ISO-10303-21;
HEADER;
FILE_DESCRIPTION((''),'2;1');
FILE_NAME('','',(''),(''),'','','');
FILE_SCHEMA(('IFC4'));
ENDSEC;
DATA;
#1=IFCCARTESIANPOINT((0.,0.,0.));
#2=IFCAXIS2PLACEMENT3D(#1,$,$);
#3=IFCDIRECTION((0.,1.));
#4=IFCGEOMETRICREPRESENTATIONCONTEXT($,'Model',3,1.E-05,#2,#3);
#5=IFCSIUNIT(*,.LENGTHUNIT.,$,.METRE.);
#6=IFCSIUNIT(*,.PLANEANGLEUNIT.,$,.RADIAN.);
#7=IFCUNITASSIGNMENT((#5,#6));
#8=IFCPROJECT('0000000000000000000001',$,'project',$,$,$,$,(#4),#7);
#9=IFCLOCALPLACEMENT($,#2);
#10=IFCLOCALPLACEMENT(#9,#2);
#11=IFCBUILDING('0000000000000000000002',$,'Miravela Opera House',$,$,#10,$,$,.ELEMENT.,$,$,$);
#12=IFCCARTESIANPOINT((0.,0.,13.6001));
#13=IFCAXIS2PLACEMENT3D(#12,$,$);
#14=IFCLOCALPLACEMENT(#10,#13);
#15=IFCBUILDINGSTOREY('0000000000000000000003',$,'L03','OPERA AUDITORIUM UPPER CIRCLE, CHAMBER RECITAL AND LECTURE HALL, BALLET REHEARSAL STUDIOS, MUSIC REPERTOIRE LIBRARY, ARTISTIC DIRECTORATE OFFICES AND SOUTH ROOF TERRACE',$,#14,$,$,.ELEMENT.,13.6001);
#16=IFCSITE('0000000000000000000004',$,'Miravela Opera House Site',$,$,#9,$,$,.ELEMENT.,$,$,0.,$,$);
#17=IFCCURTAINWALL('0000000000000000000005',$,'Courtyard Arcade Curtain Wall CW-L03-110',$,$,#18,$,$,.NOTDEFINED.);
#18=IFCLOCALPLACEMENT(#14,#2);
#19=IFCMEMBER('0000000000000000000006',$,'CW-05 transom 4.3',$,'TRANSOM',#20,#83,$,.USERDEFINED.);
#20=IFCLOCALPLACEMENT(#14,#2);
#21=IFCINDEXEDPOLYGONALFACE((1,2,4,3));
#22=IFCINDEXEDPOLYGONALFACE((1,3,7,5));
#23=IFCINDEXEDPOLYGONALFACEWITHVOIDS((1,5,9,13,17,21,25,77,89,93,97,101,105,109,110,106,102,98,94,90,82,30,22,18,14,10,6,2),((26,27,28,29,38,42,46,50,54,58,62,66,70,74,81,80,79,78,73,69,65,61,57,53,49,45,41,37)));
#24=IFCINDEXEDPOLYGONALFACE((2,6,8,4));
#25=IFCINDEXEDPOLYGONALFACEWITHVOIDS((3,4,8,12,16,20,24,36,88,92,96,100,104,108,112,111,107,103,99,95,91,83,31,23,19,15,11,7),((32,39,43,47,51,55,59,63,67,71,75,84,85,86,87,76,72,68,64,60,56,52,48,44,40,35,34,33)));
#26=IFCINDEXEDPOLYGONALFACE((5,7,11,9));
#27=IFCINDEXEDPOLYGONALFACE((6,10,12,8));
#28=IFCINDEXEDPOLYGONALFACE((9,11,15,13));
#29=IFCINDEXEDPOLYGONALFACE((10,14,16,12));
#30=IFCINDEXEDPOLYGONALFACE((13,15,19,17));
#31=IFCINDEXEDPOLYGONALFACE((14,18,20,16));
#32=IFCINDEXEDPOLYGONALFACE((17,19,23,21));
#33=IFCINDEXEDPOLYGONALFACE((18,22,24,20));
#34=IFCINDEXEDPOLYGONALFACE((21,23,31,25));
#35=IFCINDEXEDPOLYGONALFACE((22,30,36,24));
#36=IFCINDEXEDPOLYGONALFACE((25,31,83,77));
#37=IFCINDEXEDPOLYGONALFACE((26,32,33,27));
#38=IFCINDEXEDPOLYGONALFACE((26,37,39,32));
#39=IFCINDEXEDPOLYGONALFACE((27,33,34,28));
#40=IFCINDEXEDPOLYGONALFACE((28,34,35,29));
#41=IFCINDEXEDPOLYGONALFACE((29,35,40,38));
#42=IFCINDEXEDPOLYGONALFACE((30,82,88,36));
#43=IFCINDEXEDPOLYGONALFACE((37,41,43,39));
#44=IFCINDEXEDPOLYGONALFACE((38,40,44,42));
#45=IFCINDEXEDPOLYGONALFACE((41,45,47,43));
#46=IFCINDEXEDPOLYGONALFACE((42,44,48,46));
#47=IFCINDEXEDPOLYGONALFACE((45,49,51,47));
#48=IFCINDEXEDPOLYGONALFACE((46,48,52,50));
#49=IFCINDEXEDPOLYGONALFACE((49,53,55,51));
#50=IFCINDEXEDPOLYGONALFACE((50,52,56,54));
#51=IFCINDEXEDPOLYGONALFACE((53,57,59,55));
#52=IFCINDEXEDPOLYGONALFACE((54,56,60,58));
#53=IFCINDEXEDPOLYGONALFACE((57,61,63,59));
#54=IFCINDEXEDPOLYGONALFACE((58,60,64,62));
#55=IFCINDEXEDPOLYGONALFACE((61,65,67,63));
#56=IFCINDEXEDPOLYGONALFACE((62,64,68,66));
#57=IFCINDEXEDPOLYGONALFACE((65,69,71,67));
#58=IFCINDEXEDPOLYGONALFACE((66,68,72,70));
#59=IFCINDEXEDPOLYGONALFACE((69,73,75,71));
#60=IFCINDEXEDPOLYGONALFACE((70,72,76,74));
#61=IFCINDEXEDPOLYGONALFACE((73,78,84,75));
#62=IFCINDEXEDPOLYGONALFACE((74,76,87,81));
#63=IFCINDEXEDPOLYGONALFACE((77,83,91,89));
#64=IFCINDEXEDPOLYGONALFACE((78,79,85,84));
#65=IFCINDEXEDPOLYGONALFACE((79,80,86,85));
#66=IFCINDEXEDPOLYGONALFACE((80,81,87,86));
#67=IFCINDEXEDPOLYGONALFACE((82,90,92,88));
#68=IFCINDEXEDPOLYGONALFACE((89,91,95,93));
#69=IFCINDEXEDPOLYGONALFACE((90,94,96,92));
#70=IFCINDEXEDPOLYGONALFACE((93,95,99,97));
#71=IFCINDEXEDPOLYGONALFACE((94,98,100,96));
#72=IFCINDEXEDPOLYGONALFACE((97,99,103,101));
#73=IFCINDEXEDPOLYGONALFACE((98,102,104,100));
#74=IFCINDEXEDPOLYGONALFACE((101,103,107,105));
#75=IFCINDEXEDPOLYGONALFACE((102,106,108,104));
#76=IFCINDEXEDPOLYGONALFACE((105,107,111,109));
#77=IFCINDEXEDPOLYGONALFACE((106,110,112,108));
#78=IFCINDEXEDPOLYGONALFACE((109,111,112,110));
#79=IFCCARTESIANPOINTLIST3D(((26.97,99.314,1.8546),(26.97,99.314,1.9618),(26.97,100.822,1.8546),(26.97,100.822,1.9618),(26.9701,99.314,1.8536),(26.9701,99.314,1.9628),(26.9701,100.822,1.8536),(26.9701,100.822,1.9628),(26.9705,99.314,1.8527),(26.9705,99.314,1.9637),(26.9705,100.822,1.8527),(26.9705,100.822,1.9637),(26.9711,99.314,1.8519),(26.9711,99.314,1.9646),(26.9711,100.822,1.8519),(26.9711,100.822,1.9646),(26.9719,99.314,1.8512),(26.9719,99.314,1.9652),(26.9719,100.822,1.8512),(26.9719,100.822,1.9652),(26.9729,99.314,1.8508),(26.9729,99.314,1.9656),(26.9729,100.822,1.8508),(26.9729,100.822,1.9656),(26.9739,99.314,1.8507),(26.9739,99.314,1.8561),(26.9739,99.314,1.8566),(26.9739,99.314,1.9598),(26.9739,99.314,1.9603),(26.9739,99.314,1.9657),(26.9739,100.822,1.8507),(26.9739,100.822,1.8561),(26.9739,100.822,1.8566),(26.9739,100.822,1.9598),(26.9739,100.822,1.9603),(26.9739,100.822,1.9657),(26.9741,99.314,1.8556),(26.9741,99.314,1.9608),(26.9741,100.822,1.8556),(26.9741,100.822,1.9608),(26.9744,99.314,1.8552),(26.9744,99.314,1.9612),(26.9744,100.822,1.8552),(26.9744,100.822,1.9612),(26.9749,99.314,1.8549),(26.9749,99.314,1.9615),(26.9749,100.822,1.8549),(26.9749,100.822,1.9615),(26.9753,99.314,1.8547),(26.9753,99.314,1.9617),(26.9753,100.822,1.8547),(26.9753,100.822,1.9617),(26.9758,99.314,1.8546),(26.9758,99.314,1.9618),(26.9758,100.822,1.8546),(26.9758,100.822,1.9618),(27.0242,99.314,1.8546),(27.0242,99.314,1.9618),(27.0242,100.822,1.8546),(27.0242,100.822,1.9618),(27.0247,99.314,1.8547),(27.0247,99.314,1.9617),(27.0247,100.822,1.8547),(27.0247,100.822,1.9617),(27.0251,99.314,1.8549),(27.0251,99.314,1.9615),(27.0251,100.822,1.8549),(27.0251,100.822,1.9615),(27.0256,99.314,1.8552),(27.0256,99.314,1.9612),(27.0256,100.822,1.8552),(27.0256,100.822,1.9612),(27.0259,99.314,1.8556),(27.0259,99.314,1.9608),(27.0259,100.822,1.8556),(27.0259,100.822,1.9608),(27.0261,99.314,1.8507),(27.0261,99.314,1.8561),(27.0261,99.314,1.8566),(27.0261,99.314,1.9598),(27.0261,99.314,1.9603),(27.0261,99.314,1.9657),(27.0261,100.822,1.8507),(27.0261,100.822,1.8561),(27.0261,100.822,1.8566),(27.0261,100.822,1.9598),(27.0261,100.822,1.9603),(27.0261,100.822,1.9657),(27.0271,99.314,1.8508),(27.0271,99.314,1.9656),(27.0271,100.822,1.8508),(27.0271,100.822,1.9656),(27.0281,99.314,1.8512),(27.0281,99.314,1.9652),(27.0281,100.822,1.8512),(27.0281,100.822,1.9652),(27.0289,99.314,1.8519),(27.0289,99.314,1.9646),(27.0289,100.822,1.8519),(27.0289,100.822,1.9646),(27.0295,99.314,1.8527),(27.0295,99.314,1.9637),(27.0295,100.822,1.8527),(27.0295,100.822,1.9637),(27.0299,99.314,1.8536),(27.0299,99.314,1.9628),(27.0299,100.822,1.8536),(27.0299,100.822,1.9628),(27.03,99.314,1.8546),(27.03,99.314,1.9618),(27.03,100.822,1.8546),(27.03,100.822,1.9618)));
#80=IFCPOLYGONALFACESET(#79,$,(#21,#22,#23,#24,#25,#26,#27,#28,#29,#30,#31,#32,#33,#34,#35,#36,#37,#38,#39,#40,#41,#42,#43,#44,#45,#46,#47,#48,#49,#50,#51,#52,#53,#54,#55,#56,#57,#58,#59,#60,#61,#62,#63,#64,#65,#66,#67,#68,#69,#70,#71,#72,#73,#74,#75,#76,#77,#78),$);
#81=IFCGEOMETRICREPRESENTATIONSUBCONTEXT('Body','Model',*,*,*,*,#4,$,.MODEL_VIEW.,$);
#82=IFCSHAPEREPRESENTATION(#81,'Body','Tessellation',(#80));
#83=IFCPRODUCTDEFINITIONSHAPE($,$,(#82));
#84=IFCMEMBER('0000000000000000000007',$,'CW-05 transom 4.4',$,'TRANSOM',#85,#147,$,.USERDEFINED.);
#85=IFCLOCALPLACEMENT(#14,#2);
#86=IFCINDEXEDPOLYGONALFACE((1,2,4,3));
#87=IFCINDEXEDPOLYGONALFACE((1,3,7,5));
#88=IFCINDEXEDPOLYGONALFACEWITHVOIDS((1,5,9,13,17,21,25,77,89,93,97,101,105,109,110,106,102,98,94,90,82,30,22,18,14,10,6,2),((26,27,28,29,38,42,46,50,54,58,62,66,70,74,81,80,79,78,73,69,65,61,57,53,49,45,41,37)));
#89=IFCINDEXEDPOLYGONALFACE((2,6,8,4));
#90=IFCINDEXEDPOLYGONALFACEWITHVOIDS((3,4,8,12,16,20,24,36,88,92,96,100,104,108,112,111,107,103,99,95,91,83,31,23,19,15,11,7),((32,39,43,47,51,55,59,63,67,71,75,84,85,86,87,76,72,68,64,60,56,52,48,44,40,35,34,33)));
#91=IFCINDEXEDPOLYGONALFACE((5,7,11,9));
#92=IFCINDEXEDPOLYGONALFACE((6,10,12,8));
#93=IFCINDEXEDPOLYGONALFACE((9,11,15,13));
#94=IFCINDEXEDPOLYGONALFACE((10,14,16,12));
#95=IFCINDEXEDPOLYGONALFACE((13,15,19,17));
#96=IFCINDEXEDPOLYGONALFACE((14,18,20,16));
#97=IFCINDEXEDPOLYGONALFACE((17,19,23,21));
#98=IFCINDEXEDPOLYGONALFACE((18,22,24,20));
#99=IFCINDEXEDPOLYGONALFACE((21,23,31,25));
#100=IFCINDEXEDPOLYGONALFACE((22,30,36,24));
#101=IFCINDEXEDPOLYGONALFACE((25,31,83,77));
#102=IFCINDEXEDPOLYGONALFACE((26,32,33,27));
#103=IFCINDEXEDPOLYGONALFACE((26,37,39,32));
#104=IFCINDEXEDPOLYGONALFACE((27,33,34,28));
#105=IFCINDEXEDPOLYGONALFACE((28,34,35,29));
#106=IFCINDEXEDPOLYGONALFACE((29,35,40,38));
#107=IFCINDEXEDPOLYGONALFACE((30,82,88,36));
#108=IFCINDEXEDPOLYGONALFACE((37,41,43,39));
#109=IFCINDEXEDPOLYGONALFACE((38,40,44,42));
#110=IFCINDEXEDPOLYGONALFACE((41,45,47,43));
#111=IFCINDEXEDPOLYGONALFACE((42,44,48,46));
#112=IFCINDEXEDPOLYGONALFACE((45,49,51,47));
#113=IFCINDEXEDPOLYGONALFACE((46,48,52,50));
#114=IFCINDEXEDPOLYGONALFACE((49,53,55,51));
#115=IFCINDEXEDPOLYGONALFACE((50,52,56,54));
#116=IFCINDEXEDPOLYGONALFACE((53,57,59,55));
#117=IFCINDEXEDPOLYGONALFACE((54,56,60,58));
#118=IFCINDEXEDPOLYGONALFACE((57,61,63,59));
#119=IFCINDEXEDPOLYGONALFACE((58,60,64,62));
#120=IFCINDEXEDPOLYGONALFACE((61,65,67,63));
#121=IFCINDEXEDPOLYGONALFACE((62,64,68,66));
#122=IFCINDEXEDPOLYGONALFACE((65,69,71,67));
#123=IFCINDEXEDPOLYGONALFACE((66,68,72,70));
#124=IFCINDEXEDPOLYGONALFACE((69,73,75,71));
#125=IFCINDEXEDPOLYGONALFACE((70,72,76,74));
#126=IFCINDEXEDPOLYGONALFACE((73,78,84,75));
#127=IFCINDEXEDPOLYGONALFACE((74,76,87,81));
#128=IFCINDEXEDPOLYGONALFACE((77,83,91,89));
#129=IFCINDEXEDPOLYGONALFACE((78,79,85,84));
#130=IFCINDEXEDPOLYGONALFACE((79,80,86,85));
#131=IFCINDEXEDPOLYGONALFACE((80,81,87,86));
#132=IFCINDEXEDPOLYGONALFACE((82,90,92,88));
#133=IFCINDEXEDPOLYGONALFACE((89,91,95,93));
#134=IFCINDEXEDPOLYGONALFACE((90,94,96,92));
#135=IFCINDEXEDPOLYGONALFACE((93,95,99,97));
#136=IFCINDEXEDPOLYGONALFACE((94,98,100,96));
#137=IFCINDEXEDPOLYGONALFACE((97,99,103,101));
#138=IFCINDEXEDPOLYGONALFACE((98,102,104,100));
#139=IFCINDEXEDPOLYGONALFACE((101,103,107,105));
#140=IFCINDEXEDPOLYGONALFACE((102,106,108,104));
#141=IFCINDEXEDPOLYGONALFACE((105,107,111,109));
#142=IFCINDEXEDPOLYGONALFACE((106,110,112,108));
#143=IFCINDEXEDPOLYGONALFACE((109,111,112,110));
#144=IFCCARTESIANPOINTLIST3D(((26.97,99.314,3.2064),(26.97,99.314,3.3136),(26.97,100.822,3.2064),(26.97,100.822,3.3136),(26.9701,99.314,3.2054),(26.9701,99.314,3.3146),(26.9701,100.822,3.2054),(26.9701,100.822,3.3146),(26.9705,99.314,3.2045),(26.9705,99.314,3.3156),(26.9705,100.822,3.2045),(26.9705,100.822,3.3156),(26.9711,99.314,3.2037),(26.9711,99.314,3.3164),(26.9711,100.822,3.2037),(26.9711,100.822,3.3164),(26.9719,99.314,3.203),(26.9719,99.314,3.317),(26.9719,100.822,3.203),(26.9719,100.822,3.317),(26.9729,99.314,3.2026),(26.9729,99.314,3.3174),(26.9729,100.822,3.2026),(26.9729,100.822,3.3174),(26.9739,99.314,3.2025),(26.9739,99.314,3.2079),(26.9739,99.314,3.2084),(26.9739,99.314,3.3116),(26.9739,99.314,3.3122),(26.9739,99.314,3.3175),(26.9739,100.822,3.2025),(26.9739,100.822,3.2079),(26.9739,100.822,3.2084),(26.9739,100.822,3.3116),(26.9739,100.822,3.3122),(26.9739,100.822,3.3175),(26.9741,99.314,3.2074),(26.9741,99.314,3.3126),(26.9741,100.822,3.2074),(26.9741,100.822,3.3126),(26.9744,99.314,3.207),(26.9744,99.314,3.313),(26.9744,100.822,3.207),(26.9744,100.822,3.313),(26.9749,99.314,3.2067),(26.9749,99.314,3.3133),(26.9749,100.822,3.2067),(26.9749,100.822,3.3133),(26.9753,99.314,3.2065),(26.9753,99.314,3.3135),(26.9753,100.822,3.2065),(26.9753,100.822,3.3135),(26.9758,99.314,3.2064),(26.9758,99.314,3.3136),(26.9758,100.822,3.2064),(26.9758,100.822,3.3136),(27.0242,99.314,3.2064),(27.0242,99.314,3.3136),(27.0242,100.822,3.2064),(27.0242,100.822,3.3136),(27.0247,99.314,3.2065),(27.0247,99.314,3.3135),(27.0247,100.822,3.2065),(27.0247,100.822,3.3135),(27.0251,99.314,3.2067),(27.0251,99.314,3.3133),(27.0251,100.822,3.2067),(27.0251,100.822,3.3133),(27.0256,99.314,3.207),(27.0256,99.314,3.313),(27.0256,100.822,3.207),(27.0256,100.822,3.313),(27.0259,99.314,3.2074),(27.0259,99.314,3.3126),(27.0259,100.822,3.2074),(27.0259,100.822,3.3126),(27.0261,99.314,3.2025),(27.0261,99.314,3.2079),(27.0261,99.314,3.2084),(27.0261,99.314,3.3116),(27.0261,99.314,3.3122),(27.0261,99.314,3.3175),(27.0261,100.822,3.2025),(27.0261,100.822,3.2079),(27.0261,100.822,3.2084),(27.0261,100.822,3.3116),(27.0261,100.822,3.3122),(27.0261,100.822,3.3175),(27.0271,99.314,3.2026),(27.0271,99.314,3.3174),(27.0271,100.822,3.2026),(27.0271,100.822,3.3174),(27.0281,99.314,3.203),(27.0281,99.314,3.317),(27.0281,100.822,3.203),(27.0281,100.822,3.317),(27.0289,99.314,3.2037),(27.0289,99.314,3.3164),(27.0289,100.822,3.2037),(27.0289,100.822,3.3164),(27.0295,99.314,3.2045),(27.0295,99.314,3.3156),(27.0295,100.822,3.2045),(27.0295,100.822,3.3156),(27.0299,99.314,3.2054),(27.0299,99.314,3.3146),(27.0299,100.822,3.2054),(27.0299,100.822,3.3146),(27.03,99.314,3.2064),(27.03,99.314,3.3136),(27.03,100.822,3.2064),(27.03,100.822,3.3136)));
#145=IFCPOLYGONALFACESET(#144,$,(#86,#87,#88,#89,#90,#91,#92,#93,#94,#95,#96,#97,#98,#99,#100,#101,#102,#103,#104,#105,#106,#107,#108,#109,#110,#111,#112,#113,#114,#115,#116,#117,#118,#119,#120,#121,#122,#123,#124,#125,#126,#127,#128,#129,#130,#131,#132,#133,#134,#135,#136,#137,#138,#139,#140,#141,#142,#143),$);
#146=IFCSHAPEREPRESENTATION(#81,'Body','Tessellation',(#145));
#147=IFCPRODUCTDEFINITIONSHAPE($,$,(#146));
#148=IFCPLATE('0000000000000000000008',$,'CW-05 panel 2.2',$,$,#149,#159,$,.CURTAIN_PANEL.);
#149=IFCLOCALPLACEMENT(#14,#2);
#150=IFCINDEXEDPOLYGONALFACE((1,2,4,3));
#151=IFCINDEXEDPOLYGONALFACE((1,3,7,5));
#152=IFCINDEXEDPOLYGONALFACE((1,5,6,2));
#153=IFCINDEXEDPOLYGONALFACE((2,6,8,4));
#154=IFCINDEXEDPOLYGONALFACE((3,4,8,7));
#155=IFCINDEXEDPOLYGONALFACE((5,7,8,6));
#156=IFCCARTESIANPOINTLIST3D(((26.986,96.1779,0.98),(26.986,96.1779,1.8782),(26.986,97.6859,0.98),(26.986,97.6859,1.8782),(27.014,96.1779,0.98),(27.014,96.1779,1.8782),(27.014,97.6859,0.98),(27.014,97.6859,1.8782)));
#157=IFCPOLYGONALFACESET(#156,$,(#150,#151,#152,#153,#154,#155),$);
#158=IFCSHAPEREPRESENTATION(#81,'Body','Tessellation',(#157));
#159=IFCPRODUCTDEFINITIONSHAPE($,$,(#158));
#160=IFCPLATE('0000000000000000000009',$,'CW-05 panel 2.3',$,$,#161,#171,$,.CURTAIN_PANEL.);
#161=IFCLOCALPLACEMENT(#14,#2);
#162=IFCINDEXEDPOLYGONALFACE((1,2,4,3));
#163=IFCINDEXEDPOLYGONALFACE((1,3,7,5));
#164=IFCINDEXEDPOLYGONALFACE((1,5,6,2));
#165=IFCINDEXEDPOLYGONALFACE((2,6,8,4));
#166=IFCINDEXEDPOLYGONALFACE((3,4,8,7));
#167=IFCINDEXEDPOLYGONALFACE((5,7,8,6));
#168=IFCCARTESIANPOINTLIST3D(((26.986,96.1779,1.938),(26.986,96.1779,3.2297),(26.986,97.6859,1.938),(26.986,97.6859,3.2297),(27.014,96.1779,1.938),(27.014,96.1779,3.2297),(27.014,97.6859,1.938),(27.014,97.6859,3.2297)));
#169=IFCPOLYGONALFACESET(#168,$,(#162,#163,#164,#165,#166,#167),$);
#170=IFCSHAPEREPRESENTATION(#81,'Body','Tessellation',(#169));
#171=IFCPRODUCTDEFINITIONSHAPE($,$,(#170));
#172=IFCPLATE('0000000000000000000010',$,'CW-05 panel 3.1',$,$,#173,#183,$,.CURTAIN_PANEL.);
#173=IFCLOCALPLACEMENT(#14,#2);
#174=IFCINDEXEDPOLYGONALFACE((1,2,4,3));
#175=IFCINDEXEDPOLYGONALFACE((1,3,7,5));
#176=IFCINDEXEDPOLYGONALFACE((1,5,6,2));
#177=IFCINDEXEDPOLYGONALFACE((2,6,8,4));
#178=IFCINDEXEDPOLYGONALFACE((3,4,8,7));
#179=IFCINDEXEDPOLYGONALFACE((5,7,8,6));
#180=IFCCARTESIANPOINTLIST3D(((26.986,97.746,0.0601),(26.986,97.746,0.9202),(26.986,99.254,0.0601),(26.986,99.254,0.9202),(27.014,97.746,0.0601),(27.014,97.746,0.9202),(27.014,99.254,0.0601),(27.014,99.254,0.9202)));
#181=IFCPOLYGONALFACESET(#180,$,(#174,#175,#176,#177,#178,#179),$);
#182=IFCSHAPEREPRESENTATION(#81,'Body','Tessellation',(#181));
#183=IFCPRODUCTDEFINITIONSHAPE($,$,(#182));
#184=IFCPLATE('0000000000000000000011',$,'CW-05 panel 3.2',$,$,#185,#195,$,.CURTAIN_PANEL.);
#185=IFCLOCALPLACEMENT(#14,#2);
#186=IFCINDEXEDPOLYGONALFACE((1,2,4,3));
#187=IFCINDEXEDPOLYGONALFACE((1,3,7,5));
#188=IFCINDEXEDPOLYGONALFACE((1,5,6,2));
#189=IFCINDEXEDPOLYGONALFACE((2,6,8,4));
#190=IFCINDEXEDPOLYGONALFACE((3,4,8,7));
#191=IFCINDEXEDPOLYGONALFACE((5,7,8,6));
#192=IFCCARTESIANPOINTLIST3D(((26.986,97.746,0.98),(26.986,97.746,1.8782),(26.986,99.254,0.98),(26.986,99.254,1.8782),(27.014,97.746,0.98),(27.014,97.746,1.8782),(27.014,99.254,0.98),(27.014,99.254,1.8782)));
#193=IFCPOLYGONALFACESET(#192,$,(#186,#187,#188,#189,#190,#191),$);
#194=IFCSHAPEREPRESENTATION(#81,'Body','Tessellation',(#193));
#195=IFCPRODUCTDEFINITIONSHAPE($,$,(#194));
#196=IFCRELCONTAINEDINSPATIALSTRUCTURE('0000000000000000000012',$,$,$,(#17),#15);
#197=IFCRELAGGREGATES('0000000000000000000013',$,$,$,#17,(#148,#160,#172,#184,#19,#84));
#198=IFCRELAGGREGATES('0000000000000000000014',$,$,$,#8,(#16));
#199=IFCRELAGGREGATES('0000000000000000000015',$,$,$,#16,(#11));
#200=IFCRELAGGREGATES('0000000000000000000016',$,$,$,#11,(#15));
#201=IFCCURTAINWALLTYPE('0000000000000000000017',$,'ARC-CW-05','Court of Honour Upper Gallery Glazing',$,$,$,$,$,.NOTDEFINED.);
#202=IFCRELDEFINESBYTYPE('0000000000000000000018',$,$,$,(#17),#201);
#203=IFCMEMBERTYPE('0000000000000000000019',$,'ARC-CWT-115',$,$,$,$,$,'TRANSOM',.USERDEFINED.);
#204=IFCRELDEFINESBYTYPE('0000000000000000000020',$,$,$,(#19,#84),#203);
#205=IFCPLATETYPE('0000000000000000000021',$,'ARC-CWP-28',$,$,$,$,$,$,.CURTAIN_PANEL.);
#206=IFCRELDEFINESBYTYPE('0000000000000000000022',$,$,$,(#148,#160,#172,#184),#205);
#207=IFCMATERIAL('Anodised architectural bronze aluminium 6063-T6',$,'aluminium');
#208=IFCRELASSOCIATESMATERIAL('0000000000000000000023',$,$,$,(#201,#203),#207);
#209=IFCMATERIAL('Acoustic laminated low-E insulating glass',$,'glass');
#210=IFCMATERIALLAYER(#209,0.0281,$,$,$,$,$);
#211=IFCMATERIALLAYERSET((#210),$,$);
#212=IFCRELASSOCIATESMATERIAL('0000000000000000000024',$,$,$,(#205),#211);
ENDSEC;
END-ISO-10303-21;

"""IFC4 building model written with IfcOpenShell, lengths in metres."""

from ifc_helpers import new_model, si_unit, direction, frame, origin, origin_2d, place, context, subcontext, project, spatial, rectangle, hollow_rectangle, extrude, material, layer, layer_set, material_profile, profile_set, type_object, element, aggregate, save


model = new_model("IFC4")

# Units and contexts
model_context = context("Model", 3, precision=1e-05, world=origin(), true_north=direction((0.0, 1.0)))
body_context = subcontext(model_context, "Body", "Model", "MODEL_VIEW")
ifc_project = project(units=[si_unit("LENGTHUNIT", "METRE"), si_unit("PLANEANGLEUNIT", "RADIAN")], contexts=[model_context])

# Site, building, storey
site_placement = place(None, origin())
site = spatial("IfcSite", under=ifc_project, at=site_placement, Name="Miravela Opera House Site", CompositionType="ELEMENT", RefElevation=0.0)
building_placement = place(site_placement, origin())
building = spatial("IfcBuilding", under=site, at=building_placement, Name="Miravela Opera House", CompositionType="ELEMENT")
storey_placement = place(building_placement, frame((0.0, 0.0, 13.6001)))
storey = spatial("IfcBuildingStorey", under=building, at=storey_placement, Name="L03", Description="OPERA AUDITORIUM UPPER CIRCLE, CHAMBER RECITAL AND LECTURE HALL, BALLET REHEARSAL STUDIOS, MUSIC REPERTOIRE LIBRARY, ARTISTIC DIRECTORATE OFFICES AND SOUTH ROOF TERRACE", CompositionType="ELEMENT", Elevation=13.6001)

# Curtain wall, members, plates
ifc_material_1 = material(Name="Anodised architectural bronze aluminium 6063-T6", Category="aluminium")
curtain_wall_type = type_object("IfcCurtainWallType", Name="ARC-CW-05", Description="Court of Honour Upper Gallery Glazing", PredefinedType="NOTDEFINED", material=ifc_material_1)
curtain_wall_placement = place(storey_placement, origin())
curtain_wall = element("IfcCurtainWall", 1, at=curtain_wall_placement, inside=storey, type_object=curtain_wall_type, Name="Courtyard Arcade Curtain Wall CW-L03-110", PredefinedType="NOTDEFINED")
ifc_material_profile_1 = material_profile(ifc_material_1, hollow_rectangle(XDim=0.0601, YDim=0.115, WallThickness=0.0039, InnerFilletRadius=0.002, OuterFilletRadius=0.0039, at=origin_2d()), Name="CWT-60X115")
ifc_profile_set_1 = profile_set([ifc_material_profile_1])
member_type_1 = type_object("IfcMemberType", Name="ARC-CWT-115", ElementType="TRANSOM", PredefinedType="USERDEFINED", material=ifc_profile_set_1)
member_1_placement = place(storey_placement, frame((27.0, 99.314, 1.9082), z_axis=(0.0, 1.0, 0.0), x_axis=(-1.0, 0.0, 0.0)))
member_1 = element("IfcMember", 2, at=member_1_placement, type_object=member_type_1, Name="CW-05 transom 4.3", ObjectType="TRANSOM", PredefinedType="USERDEFINED", context=body_context, shape_type="SweptSolid", body=[
    extrude(hollow_rectangle(XDim=0.0601, YDim=0.115, WallThickness=0.0039, InnerFilletRadius=0.002, OuterFilletRadius=0.0039, at=origin_2d()), origin(), (0.0, 0.0, 1.0), 1.5081),
])
member_2_placement = place(storey_placement, frame((27.0, 99.314, 3.26), z_axis=(0.0, 1.0, 0.0), x_axis=(-1.0, 0.0, 0.0)))
member_2 = element("IfcMember", 3, at=member_2_placement, type_object=member_type_1, Name="CW-05 transom 4.4", ObjectType="TRANSOM", PredefinedType="USERDEFINED", context=body_context, shape_type="SweptSolid", body=[
    extrude(hollow_rectangle(XDim=0.0601, YDim=0.115, WallThickness=0.0039, InnerFilletRadius=0.002, OuterFilletRadius=0.0039, at=origin_2d()), origin(), (0.0, 0.0, 1.0), 1.5081),
])
ifc_material_2 = material(Name="Acoustic laminated low-E insulating glass", Category="glass")
ifc_layer = layer(ifc_material_2, 0.0281)
ifc_layer_set = layer_set([ifc_layer])
plate_type = type_object("IfcPlateType", Name="ARC-CWP-28", PredefinedType="CURTAIN_PANEL", material=ifc_layer_set)
plate_1_placement = place(storey_placement, frame((27.0, 96.9319, 0.98), z_axis=(0.0, 0.0, 1.0), x_axis=(0.0, 1.0, 0.0)))
plate_1 = element("IfcPlate", 4, at=plate_1_placement, type_object=plate_type, Name="CW-05 panel 2.2", PredefinedType="CURTAIN_PANEL", context=body_context, shape_type="SweptSolid", body=[
    extrude(rectangle(XDim=1.5081, YDim=0.0281, at=origin_2d()), origin(), (0.0, 0.0, 1.0), 0.8982),
])
plate_2_placement = place(storey_placement, frame((27.0, 96.9319, 1.938), z_axis=(0.0, 0.0, 1.0), x_axis=(0.0, 1.0, 0.0)))
plate_2 = element("IfcPlate", 5, at=plate_2_placement, type_object=plate_type, Name="CW-05 panel 2.3", PredefinedType="CURTAIN_PANEL", context=body_context, shape_type="SweptSolid", body=[
    extrude(rectangle(XDim=1.5081, YDim=0.0281, at=origin_2d()), origin(), (0.0, 0.0, 1.0), 1.2917),
])
plate_3_placement = place(storey_placement, frame((27.0, 98.5, 0.0601), z_axis=(0.0, 0.0, 1.0), x_axis=(0.0, 1.0, 0.0)))
plate_3 = element("IfcPlate", 6, at=plate_3_placement, type_object=plate_type, Name="CW-05 panel 3.1", PredefinedType="CURTAIN_PANEL", context=body_context, shape_type="SweptSolid", body=[
    extrude(rectangle(XDim=1.5081, YDim=0.0281, at=origin_2d()), origin(), (0.0, 0.0, 1.0), 0.8601),
])
plate_4_placement = place(storey_placement, frame((27.0, 98.5, 0.98), z_axis=(0.0, 0.0, 1.0), x_axis=(0.0, 1.0, 0.0)))
plate_4 = element("IfcPlate", 7, at=plate_4_placement, type_object=plate_type, Name="CW-05 panel 3.2", PredefinedType="CURTAIN_PANEL", context=body_context, shape_type="SweptSolid", body=[
    extrude(rectangle(XDim=1.5081, YDim=0.0281, at=origin_2d()), origin(), (0.0, 0.0, 1.0), 0.8982),
])
aggregate(curtain_wall, [plate_1, plate_2, plate_3, plate_4, member_1, member_2])

save(model, "model.ifc")
